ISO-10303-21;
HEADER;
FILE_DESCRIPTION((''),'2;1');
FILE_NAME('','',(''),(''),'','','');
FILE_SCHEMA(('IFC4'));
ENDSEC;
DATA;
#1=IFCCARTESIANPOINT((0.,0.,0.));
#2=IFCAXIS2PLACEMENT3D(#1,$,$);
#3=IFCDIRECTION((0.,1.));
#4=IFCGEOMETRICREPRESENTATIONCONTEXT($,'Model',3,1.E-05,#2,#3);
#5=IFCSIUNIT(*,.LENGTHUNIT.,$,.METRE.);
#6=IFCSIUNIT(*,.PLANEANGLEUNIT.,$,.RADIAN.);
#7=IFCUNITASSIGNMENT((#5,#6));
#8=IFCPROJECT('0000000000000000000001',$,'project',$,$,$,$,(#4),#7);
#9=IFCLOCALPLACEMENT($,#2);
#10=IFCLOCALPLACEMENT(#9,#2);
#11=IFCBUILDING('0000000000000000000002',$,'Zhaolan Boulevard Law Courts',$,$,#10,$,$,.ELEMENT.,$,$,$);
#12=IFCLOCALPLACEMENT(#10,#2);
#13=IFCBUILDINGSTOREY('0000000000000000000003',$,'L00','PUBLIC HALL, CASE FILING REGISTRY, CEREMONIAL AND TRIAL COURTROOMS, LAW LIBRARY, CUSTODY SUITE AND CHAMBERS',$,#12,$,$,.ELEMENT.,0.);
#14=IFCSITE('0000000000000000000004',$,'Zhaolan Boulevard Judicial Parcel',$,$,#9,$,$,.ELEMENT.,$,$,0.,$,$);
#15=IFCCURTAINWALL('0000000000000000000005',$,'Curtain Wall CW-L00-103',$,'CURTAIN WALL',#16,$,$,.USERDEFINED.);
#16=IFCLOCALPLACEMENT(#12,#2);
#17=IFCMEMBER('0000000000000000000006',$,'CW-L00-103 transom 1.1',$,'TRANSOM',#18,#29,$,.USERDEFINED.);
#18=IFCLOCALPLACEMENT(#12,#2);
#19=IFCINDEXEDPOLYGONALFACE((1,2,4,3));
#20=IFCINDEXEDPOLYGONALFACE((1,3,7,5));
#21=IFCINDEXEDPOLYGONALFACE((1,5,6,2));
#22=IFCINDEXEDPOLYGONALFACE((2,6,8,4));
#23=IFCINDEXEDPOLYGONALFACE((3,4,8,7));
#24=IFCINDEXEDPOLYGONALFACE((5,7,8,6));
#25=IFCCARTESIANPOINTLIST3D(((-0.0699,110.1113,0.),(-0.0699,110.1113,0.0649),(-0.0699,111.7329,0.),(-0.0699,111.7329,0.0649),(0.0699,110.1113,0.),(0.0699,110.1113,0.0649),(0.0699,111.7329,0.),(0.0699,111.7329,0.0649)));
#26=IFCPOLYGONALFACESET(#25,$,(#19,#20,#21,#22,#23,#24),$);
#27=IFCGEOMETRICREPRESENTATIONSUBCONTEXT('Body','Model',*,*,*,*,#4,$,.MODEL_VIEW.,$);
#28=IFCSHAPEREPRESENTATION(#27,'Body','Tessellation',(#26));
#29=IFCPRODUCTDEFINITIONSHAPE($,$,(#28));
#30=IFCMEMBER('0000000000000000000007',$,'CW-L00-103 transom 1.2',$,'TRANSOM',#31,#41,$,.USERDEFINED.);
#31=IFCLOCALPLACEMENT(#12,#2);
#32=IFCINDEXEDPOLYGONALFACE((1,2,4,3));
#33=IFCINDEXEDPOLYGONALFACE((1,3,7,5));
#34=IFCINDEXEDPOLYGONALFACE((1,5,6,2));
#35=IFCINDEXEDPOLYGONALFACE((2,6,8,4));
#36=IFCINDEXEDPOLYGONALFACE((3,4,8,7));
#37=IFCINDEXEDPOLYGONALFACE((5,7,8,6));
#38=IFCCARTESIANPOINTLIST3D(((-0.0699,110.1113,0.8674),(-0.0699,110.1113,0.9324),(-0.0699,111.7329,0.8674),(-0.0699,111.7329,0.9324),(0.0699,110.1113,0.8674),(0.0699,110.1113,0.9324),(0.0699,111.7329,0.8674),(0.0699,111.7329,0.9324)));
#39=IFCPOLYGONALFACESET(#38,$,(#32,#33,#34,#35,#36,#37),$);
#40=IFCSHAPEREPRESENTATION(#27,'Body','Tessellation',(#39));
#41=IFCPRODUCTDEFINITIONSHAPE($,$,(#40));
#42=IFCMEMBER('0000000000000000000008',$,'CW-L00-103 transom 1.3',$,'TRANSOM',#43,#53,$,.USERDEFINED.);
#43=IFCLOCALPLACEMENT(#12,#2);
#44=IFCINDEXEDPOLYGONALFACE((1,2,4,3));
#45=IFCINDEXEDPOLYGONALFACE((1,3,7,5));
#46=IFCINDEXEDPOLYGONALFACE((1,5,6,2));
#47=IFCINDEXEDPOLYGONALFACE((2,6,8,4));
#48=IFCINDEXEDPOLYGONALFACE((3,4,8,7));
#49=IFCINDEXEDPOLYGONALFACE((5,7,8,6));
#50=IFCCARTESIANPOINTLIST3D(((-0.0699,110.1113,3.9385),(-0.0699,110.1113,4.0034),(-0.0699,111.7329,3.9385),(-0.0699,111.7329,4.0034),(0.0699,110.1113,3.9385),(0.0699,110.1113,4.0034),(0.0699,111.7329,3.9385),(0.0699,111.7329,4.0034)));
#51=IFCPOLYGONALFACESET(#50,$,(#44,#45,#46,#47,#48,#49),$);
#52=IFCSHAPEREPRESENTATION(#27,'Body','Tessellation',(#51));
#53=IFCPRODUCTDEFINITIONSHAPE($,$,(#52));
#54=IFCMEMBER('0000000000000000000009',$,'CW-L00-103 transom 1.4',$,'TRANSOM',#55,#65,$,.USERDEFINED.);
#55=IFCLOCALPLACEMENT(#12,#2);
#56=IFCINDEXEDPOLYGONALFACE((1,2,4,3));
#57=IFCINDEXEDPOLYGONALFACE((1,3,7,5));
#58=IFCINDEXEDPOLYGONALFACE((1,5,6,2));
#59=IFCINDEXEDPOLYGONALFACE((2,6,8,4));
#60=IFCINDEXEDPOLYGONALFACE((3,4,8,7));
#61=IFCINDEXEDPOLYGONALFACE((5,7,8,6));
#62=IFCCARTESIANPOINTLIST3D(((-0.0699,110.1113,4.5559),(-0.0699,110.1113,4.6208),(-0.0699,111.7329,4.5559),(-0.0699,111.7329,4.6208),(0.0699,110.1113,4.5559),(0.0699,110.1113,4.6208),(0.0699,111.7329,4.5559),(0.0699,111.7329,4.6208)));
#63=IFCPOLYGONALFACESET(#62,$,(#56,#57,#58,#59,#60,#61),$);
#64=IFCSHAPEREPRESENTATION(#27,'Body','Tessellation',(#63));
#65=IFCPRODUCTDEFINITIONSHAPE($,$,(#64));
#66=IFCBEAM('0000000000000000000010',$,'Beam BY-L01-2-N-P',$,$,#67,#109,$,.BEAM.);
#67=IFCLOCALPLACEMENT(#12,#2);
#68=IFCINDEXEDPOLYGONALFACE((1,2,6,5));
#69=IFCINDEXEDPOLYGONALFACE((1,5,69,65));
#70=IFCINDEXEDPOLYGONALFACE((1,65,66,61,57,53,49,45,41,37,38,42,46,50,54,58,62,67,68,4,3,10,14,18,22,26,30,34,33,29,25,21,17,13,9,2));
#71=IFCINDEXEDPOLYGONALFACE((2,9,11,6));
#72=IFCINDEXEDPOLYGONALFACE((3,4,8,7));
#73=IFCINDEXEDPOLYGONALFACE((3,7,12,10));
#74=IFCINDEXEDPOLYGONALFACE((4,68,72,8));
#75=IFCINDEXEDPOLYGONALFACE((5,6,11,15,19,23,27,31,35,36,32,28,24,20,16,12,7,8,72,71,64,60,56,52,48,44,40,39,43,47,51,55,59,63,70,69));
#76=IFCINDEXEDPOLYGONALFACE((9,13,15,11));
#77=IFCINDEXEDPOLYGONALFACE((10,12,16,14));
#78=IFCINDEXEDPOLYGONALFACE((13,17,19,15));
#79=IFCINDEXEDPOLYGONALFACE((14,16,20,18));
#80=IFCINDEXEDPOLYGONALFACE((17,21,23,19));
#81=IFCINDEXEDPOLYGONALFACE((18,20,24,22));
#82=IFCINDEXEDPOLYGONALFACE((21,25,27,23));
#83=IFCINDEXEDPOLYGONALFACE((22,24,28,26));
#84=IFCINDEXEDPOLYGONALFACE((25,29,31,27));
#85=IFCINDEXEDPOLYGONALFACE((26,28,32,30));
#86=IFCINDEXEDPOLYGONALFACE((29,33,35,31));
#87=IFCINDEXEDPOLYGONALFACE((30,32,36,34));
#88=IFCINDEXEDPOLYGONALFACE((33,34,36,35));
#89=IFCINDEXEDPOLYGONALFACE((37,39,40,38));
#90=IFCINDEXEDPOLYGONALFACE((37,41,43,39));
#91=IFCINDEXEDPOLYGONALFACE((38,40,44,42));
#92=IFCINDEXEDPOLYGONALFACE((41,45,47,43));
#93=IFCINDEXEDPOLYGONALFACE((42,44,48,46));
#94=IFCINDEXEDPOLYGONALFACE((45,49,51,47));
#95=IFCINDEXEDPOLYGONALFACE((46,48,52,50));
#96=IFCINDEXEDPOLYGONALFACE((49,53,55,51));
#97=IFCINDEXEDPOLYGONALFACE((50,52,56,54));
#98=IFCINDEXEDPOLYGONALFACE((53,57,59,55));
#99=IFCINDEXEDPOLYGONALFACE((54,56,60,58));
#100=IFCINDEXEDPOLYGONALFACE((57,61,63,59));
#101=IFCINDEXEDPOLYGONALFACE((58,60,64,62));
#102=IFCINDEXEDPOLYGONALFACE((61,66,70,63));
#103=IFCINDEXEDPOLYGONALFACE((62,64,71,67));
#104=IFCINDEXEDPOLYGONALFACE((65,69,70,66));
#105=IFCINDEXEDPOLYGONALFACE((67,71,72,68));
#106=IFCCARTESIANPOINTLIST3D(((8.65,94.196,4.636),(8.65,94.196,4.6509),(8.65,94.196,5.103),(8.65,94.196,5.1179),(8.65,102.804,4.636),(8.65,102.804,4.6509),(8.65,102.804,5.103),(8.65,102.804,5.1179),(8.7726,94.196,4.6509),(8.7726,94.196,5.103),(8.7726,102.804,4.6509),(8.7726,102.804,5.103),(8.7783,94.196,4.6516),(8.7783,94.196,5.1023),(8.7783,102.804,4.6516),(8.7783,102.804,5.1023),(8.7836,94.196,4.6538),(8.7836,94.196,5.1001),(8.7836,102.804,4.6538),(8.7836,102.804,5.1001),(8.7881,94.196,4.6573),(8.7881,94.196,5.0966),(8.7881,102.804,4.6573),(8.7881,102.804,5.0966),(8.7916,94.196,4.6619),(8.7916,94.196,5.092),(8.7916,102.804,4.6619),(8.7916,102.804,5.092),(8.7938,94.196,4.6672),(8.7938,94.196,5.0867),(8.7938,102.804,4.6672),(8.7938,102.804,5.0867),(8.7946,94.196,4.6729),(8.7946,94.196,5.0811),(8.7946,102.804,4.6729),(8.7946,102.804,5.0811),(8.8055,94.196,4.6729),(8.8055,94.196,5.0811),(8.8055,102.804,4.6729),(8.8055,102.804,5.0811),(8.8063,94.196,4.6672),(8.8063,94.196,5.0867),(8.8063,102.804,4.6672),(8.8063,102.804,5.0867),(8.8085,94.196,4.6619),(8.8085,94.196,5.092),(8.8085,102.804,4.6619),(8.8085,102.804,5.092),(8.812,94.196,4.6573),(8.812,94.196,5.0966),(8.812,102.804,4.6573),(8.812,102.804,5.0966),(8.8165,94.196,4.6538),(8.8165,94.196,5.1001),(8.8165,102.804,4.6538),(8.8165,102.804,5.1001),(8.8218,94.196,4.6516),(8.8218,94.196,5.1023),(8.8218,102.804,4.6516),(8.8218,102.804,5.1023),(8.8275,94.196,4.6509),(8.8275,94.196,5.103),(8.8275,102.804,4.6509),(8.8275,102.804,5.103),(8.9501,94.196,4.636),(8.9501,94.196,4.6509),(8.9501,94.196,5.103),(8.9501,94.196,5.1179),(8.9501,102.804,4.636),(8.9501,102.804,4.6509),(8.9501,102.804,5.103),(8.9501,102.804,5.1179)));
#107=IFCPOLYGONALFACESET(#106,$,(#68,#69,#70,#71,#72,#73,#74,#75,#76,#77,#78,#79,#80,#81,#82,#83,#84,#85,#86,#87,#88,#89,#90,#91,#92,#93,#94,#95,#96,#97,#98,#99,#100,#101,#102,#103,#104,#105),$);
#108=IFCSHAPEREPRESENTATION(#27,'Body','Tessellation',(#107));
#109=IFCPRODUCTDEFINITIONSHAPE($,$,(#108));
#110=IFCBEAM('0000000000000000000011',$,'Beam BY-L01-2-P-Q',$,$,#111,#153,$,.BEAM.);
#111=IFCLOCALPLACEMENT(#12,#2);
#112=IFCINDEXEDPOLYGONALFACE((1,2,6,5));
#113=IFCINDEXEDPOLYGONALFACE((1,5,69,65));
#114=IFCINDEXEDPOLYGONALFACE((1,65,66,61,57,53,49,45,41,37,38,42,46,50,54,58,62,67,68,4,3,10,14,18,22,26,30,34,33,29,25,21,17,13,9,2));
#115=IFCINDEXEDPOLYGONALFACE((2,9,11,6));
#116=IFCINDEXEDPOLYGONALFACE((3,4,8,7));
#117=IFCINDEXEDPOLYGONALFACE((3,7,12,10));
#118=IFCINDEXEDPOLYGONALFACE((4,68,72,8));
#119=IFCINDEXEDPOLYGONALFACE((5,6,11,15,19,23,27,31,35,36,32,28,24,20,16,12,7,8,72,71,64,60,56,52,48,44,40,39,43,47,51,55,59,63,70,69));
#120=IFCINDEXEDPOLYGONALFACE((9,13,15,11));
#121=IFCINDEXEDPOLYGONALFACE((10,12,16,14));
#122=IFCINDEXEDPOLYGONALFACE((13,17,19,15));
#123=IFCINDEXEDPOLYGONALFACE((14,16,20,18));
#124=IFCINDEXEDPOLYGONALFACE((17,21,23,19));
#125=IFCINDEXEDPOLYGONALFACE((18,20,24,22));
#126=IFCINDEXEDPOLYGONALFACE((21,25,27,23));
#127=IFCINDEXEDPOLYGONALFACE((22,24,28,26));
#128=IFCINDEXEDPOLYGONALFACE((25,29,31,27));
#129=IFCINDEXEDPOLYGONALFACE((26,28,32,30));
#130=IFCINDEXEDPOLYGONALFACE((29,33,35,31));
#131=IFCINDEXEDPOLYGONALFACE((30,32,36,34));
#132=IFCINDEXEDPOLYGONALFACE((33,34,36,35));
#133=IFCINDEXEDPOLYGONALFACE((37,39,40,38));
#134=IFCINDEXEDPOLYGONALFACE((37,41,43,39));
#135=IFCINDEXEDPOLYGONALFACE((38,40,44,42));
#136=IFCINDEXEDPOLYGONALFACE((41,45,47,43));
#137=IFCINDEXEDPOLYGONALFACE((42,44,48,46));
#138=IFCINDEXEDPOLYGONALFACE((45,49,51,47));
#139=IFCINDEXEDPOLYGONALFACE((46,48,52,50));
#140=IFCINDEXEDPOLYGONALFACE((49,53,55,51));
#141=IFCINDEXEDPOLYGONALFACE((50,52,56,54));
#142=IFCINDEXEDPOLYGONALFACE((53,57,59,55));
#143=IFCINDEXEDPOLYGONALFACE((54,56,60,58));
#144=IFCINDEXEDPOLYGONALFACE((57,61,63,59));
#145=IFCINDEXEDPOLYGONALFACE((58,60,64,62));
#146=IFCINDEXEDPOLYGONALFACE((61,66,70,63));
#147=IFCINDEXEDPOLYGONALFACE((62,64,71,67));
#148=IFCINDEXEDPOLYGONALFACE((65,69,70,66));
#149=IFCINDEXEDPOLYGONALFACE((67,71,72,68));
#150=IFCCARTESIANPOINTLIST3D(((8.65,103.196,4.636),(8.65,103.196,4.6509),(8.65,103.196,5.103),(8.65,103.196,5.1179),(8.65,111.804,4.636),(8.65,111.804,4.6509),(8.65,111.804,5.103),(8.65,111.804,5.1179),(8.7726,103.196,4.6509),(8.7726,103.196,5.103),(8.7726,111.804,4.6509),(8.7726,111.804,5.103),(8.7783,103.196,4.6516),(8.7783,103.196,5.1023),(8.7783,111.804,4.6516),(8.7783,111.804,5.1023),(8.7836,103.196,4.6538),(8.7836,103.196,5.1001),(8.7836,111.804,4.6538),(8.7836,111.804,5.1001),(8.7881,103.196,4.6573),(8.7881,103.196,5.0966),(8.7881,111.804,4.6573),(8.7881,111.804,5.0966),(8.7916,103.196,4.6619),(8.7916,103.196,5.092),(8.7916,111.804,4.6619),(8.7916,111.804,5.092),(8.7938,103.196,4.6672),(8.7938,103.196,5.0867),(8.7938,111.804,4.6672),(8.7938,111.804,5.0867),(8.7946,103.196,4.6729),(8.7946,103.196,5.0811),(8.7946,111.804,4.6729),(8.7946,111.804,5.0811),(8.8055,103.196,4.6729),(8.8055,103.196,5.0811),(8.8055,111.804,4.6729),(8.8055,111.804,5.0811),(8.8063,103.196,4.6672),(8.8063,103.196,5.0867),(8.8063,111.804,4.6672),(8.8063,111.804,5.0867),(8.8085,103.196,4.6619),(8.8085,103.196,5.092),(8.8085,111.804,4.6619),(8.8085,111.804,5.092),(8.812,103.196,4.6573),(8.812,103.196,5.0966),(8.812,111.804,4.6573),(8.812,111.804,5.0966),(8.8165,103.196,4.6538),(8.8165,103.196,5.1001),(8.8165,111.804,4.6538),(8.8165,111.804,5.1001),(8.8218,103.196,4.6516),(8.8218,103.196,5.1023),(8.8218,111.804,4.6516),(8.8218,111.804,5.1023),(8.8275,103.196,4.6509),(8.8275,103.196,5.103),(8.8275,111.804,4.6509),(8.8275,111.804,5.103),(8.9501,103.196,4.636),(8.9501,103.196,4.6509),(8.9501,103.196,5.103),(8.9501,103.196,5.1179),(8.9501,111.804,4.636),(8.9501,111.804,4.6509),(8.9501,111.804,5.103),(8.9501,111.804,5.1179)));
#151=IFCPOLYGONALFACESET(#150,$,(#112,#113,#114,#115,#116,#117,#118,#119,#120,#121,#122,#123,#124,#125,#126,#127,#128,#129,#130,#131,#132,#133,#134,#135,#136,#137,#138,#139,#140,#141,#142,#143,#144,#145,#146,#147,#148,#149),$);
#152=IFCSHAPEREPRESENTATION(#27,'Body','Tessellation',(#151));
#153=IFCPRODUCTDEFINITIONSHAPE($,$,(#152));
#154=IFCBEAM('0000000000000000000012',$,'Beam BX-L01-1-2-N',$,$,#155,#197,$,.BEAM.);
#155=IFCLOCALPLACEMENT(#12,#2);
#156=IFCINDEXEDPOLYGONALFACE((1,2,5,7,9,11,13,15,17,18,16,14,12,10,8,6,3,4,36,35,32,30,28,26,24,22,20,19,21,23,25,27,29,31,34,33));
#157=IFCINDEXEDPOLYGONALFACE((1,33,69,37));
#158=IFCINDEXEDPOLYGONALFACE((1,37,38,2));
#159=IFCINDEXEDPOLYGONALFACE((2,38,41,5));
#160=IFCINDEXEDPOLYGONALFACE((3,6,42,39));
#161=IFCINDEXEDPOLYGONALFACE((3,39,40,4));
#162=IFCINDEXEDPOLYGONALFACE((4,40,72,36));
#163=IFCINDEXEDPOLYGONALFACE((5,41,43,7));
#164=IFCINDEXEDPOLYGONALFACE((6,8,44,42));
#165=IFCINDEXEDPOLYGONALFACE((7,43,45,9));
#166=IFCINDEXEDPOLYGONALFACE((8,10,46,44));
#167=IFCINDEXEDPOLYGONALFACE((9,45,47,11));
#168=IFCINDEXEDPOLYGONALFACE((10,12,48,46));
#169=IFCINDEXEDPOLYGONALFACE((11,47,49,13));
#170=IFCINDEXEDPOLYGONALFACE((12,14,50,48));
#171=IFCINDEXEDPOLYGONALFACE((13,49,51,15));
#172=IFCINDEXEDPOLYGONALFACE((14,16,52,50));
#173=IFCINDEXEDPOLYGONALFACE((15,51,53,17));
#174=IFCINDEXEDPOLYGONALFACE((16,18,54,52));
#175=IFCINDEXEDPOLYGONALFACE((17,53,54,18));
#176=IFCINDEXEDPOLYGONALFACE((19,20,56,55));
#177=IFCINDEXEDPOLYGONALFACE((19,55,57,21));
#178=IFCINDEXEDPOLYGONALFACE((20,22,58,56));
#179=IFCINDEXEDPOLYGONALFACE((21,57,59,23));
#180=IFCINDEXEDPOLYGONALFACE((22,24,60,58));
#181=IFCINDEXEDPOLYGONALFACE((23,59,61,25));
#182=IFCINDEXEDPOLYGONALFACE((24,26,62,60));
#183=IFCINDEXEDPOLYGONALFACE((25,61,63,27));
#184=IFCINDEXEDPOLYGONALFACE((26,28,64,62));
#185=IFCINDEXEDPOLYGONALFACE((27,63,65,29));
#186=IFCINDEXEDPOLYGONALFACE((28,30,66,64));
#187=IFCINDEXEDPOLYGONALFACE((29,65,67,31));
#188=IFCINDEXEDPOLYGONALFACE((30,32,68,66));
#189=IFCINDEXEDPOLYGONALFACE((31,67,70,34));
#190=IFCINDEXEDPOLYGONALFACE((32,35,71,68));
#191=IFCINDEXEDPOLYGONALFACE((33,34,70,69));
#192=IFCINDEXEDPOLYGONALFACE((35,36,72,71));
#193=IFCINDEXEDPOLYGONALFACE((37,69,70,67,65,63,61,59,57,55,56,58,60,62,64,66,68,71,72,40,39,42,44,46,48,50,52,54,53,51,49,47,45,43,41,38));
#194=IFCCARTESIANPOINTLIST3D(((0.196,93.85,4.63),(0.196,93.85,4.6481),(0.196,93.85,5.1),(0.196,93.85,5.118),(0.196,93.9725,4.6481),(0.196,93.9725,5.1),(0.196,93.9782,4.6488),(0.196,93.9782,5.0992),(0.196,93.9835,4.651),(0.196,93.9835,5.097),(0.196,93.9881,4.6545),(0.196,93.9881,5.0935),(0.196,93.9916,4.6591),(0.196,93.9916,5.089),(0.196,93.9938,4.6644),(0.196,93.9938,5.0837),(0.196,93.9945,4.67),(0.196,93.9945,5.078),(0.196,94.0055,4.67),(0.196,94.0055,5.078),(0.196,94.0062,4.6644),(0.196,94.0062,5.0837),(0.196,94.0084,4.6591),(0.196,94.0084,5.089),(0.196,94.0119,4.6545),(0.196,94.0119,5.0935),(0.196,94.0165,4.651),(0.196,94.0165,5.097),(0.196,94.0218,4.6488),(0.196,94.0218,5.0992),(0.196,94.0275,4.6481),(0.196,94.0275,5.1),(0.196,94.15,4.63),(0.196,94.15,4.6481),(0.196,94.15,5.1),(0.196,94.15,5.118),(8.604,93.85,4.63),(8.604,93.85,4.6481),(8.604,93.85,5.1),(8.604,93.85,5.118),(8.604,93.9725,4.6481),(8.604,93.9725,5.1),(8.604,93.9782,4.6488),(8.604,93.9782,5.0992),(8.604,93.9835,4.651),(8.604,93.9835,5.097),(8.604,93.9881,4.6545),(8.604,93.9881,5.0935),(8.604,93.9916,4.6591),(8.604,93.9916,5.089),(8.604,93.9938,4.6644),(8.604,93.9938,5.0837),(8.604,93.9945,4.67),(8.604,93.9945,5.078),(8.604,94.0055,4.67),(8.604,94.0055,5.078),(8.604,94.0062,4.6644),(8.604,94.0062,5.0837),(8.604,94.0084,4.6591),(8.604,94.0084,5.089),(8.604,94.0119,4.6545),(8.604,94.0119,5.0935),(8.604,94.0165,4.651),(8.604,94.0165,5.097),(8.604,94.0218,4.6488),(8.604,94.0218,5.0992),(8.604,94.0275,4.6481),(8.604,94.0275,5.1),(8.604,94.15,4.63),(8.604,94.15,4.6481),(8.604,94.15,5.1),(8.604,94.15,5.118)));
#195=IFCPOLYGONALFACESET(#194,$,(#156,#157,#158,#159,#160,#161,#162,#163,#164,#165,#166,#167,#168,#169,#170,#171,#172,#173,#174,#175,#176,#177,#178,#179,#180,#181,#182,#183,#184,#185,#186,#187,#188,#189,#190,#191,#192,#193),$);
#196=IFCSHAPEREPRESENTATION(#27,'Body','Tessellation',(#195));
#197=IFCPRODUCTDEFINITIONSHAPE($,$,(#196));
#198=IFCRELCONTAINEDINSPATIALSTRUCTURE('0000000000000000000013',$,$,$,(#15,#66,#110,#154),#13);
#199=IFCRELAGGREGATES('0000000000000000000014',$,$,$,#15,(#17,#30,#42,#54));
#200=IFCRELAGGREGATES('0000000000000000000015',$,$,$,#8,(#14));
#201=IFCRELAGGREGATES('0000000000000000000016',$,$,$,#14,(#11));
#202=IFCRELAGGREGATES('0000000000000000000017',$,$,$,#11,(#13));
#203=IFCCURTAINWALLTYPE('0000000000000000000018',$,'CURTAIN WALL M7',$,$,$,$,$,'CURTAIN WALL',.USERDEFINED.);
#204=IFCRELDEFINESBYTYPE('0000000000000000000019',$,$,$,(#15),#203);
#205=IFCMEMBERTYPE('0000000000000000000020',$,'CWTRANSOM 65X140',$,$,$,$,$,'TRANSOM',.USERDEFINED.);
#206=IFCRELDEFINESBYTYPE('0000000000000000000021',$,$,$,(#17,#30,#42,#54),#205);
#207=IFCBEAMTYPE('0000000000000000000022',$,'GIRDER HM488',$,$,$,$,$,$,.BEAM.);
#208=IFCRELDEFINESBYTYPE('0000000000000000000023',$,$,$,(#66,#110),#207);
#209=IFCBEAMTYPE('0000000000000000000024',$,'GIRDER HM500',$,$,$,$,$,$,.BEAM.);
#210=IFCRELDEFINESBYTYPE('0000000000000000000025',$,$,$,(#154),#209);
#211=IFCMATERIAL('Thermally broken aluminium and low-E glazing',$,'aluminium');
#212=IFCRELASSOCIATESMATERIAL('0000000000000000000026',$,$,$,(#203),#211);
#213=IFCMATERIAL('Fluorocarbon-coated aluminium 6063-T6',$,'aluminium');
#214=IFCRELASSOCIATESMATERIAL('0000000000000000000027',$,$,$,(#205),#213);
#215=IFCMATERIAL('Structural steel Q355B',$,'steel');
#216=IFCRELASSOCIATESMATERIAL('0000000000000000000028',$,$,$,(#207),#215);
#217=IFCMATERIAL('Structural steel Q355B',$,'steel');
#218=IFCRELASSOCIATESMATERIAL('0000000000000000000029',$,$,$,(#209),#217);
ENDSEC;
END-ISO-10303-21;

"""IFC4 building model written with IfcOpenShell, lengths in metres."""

from ifc_helpers import new_model, si_unit, direction, frame, origin, origin_2d, place, context, subcontext, project, spatial, rectangle, i_section, extrude, material, material_profile, profile_set, type_object, element, aggregate, save


model = new_model("IFC4")

# Units and contexts
model_context = context("Model", 3, precision=1e-05, world=origin(), true_north=direction((0.0, 1.0)))
body_context = subcontext(model_context, "Body", "Model", "MODEL_VIEW")
ifc_project = project(units=[si_unit("LENGTHUNIT", "METRE"), si_unit("PLANEANGLEUNIT", "RADIAN")], contexts=[model_context])

# Site, building, storey
site_placement = place(None, origin())
site = spatial("IfcSite", under=ifc_project, at=site_placement, Name="Zhaolan Boulevard Judicial Parcel", CompositionType="ELEMENT", RefElevation=0.0)
building_placement = place(site_placement, origin())
building = spatial("IfcBuilding", under=site, at=building_placement, Name="Zhaolan Boulevard Law Courts", CompositionType="ELEMENT")
storey_placement = place(building_placement, origin())
storey = spatial("IfcBuildingStorey", under=building, at=storey_placement, Name="L00", Description="PUBLIC HALL, CASE FILING REGISTRY, CEREMONIAL AND TRIAL COURTROOMS, LAW LIBRARY, CUSTODY SUITE AND CHAMBERS", CompositionType="ELEMENT", Elevation=0.0)

# Curtain wall, members
ifc_material_1 = material(Name="Thermally broken aluminium and low-E glazing", Category="aluminium")
curtain_wall_type = type_object("IfcCurtainWallType", Name="CURTAIN WALL M7", ElementType="CURTAIN WALL", PredefinedType="USERDEFINED", material=ifc_material_1)
curtain_wall_placement = place(storey_placement, origin())
curtain_wall = element("IfcCurtainWall", 1, at=curtain_wall_placement, inside=storey, type_object=curtain_wall_type, Name="Curtain Wall CW-L00-103", ObjectType="CURTAIN WALL", PredefinedType="USERDEFINED")
ifc_material_2 = material(Name="Fluorocarbon-coated aluminium 6063-T6", Category="aluminium")
ifc_material_profile_1 = material_profile(ifc_material_2, rectangle(XDim=0.1399, YDim=0.0649, at=origin_2d()), Name="AL65x140")
ifc_profile_set_1 = profile_set([ifc_material_profile_1], Name="Fluorocarbon-coated aluminium 6063-T6")
member_type_1 = type_object("IfcMemberType", Name="CWTRANSOM 65X140", ElementType="TRANSOM", PredefinedType="USERDEFINED", material=ifc_profile_set_1)
member_1_placement = place(storey_placement, frame((0.0, 111.7329, 0.0325), z_axis=(0.0, -1.0, 0.0), x_axis=(1.0, 0.0, 0.0)))
member_1 = element("IfcMember", 2, at=member_1_placement, type_object=member_type_1, Name="CW-L00-103 transom 1.1", ObjectType="TRANSOM", PredefinedType="USERDEFINED", context=body_context, shape_type="SweptSolid", body=[
    extrude(rectangle(XDim=0.1399, YDim=0.0649, at=origin_2d()), origin(), (0.0, 0.0, 1.0), 1.6216),
])
member_2_placement = place(storey_placement, frame((0.0, 111.7329, 0.8999), z_axis=(0.0, -1.0, 0.0), x_axis=(1.0, 0.0, 0.0)))
member_2 = element("IfcMember", 3, at=member_2_placement, type_object=member_type_1, Name="CW-L00-103 transom 1.2", ObjectType="TRANSOM", PredefinedType="USERDEFINED", context=body_context, shape_type="SweptSolid", body=[
    extrude(rectangle(XDim=0.1399, YDim=0.0649, at=origin_2d()), origin(), (0.0, 0.0, 1.0), 1.6216),
])
member_3_placement = place(storey_placement, frame((0.0, 111.7329, 3.9709), z_axis=(0.0, -1.0, 0.0), x_axis=(1.0, 0.0, 0.0)))
member_3 = element("IfcMember", 4, at=member_3_placement, type_object=member_type_1, Name="CW-L00-103 transom 1.3", ObjectType="TRANSOM", PredefinedType="USERDEFINED", context=body_context, shape_type="SweptSolid", body=[
    extrude(rectangle(XDim=0.1399, YDim=0.0649, at=origin_2d()), origin(), (0.0, 0.0, 1.0), 1.6216),
])
member_4_placement = place(storey_placement, frame((0.0, 111.7329, 4.5884), z_axis=(0.0, -1.0, 0.0), x_axis=(1.0, 0.0, 0.0)))
member_4 = element("IfcMember", 5, at=member_4_placement, type_object=member_type_1, Name="CW-L00-103 transom 1.4", ObjectType="TRANSOM", PredefinedType="USERDEFINED", context=body_context, shape_type="SweptSolid", body=[
    extrude(rectangle(XDim=0.1399, YDim=0.0649, at=origin_2d()), origin(), (0.0, 0.0, 1.0), 1.6216),
])
aggregate(curtain_wall, [member_1, member_2, member_3, member_4])

# Beams
ifc_material_3 = material(Name="Structural steel Q355B", Category="steel")
ifc_material_profile_2 = material_profile(ifc_material_3, i_section(OverallWidth=0.3, OverallDepth=0.4819, WebThickness=0.011, FlangeThickness=0.0149, FilletRadius=0.022, at=origin_2d()), Name="HM482x300")
ifc_profile_set_2 = profile_set([ifc_material_profile_2], Name="Structural steel Q355B")
beam_type_1 = type_object("IfcBeamType", Name="GIRDER HM488", PredefinedType="BEAM", material=ifc_profile_set_2)
for number, where, z_axis, x_axis, name in (
    (6, (8.8, 94.196, 4.877), (0.0, 1.0, 0.0), (-1.0, 0.0, 0.0), "Beam BY-L01-2-N-P"),
    (7, (8.8, 103.196, 4.877), (0.0, 1.0, 0.0), (-1.0, 0.0, 0.0), "Beam BY-L01-2-P-Q"),
):
    element("IfcBeam", number, at=place(storey_placement, frame(where, z_axis=z_axis, x_axis=x_axis)), inside=storey, type_object=beam_type_1, Name=name, PredefinedType="BEAM", context=body_context, shape_type="SweptSolid", body=[
        extrude(i_section(OverallWidth=0.3, OverallDepth=0.4819, WebThickness=0.011, FlangeThickness=0.0149, FilletRadius=0.022, at=origin_2d()), origin(), (0.0, 0.0, 1.0), 8.6079),
    ])
ifc_material_4 = material(Name="Structural steel Q355B", Category="steel")
ifc_material_profile_3 = material_profile(ifc_material_4, i_section(OverallWidth=0.3, OverallDepth=0.488, WebThickness=0.011, FlangeThickness=0.0181, FilletRadius=0.022, at=origin_2d()), Name="HM488x300")
ifc_profile_set_3 = profile_set([ifc_material_profile_3], Name="Structural steel Q355B")
beam_type_2 = type_object("IfcBeamType", Name="GIRDER HM500", PredefinedType="BEAM", material=ifc_profile_set_3)
beam_1_placement = place(storey_placement, frame((0.196, 94.0, 4.874), z_axis=(1.0, 0.0, 0.0), x_axis=(0.0, 1.0, 0.0)))
element("IfcBeam", 8, at=beam_1_placement, inside=storey, type_object=beam_type_2, Name="Beam BX-L01-1-2-N", PredefinedType="BEAM", context=body_context, shape_type="SweptSolid", body=[
    extrude(i_section(OverallWidth=0.3, OverallDepth=0.488, WebThickness=0.011, FlangeThickness=0.0181, FilletRadius=0.022, at=origin_2d()), origin(), (0.0, 0.0, 1.0), 8.408),
])

save(model, "model.ifc")
